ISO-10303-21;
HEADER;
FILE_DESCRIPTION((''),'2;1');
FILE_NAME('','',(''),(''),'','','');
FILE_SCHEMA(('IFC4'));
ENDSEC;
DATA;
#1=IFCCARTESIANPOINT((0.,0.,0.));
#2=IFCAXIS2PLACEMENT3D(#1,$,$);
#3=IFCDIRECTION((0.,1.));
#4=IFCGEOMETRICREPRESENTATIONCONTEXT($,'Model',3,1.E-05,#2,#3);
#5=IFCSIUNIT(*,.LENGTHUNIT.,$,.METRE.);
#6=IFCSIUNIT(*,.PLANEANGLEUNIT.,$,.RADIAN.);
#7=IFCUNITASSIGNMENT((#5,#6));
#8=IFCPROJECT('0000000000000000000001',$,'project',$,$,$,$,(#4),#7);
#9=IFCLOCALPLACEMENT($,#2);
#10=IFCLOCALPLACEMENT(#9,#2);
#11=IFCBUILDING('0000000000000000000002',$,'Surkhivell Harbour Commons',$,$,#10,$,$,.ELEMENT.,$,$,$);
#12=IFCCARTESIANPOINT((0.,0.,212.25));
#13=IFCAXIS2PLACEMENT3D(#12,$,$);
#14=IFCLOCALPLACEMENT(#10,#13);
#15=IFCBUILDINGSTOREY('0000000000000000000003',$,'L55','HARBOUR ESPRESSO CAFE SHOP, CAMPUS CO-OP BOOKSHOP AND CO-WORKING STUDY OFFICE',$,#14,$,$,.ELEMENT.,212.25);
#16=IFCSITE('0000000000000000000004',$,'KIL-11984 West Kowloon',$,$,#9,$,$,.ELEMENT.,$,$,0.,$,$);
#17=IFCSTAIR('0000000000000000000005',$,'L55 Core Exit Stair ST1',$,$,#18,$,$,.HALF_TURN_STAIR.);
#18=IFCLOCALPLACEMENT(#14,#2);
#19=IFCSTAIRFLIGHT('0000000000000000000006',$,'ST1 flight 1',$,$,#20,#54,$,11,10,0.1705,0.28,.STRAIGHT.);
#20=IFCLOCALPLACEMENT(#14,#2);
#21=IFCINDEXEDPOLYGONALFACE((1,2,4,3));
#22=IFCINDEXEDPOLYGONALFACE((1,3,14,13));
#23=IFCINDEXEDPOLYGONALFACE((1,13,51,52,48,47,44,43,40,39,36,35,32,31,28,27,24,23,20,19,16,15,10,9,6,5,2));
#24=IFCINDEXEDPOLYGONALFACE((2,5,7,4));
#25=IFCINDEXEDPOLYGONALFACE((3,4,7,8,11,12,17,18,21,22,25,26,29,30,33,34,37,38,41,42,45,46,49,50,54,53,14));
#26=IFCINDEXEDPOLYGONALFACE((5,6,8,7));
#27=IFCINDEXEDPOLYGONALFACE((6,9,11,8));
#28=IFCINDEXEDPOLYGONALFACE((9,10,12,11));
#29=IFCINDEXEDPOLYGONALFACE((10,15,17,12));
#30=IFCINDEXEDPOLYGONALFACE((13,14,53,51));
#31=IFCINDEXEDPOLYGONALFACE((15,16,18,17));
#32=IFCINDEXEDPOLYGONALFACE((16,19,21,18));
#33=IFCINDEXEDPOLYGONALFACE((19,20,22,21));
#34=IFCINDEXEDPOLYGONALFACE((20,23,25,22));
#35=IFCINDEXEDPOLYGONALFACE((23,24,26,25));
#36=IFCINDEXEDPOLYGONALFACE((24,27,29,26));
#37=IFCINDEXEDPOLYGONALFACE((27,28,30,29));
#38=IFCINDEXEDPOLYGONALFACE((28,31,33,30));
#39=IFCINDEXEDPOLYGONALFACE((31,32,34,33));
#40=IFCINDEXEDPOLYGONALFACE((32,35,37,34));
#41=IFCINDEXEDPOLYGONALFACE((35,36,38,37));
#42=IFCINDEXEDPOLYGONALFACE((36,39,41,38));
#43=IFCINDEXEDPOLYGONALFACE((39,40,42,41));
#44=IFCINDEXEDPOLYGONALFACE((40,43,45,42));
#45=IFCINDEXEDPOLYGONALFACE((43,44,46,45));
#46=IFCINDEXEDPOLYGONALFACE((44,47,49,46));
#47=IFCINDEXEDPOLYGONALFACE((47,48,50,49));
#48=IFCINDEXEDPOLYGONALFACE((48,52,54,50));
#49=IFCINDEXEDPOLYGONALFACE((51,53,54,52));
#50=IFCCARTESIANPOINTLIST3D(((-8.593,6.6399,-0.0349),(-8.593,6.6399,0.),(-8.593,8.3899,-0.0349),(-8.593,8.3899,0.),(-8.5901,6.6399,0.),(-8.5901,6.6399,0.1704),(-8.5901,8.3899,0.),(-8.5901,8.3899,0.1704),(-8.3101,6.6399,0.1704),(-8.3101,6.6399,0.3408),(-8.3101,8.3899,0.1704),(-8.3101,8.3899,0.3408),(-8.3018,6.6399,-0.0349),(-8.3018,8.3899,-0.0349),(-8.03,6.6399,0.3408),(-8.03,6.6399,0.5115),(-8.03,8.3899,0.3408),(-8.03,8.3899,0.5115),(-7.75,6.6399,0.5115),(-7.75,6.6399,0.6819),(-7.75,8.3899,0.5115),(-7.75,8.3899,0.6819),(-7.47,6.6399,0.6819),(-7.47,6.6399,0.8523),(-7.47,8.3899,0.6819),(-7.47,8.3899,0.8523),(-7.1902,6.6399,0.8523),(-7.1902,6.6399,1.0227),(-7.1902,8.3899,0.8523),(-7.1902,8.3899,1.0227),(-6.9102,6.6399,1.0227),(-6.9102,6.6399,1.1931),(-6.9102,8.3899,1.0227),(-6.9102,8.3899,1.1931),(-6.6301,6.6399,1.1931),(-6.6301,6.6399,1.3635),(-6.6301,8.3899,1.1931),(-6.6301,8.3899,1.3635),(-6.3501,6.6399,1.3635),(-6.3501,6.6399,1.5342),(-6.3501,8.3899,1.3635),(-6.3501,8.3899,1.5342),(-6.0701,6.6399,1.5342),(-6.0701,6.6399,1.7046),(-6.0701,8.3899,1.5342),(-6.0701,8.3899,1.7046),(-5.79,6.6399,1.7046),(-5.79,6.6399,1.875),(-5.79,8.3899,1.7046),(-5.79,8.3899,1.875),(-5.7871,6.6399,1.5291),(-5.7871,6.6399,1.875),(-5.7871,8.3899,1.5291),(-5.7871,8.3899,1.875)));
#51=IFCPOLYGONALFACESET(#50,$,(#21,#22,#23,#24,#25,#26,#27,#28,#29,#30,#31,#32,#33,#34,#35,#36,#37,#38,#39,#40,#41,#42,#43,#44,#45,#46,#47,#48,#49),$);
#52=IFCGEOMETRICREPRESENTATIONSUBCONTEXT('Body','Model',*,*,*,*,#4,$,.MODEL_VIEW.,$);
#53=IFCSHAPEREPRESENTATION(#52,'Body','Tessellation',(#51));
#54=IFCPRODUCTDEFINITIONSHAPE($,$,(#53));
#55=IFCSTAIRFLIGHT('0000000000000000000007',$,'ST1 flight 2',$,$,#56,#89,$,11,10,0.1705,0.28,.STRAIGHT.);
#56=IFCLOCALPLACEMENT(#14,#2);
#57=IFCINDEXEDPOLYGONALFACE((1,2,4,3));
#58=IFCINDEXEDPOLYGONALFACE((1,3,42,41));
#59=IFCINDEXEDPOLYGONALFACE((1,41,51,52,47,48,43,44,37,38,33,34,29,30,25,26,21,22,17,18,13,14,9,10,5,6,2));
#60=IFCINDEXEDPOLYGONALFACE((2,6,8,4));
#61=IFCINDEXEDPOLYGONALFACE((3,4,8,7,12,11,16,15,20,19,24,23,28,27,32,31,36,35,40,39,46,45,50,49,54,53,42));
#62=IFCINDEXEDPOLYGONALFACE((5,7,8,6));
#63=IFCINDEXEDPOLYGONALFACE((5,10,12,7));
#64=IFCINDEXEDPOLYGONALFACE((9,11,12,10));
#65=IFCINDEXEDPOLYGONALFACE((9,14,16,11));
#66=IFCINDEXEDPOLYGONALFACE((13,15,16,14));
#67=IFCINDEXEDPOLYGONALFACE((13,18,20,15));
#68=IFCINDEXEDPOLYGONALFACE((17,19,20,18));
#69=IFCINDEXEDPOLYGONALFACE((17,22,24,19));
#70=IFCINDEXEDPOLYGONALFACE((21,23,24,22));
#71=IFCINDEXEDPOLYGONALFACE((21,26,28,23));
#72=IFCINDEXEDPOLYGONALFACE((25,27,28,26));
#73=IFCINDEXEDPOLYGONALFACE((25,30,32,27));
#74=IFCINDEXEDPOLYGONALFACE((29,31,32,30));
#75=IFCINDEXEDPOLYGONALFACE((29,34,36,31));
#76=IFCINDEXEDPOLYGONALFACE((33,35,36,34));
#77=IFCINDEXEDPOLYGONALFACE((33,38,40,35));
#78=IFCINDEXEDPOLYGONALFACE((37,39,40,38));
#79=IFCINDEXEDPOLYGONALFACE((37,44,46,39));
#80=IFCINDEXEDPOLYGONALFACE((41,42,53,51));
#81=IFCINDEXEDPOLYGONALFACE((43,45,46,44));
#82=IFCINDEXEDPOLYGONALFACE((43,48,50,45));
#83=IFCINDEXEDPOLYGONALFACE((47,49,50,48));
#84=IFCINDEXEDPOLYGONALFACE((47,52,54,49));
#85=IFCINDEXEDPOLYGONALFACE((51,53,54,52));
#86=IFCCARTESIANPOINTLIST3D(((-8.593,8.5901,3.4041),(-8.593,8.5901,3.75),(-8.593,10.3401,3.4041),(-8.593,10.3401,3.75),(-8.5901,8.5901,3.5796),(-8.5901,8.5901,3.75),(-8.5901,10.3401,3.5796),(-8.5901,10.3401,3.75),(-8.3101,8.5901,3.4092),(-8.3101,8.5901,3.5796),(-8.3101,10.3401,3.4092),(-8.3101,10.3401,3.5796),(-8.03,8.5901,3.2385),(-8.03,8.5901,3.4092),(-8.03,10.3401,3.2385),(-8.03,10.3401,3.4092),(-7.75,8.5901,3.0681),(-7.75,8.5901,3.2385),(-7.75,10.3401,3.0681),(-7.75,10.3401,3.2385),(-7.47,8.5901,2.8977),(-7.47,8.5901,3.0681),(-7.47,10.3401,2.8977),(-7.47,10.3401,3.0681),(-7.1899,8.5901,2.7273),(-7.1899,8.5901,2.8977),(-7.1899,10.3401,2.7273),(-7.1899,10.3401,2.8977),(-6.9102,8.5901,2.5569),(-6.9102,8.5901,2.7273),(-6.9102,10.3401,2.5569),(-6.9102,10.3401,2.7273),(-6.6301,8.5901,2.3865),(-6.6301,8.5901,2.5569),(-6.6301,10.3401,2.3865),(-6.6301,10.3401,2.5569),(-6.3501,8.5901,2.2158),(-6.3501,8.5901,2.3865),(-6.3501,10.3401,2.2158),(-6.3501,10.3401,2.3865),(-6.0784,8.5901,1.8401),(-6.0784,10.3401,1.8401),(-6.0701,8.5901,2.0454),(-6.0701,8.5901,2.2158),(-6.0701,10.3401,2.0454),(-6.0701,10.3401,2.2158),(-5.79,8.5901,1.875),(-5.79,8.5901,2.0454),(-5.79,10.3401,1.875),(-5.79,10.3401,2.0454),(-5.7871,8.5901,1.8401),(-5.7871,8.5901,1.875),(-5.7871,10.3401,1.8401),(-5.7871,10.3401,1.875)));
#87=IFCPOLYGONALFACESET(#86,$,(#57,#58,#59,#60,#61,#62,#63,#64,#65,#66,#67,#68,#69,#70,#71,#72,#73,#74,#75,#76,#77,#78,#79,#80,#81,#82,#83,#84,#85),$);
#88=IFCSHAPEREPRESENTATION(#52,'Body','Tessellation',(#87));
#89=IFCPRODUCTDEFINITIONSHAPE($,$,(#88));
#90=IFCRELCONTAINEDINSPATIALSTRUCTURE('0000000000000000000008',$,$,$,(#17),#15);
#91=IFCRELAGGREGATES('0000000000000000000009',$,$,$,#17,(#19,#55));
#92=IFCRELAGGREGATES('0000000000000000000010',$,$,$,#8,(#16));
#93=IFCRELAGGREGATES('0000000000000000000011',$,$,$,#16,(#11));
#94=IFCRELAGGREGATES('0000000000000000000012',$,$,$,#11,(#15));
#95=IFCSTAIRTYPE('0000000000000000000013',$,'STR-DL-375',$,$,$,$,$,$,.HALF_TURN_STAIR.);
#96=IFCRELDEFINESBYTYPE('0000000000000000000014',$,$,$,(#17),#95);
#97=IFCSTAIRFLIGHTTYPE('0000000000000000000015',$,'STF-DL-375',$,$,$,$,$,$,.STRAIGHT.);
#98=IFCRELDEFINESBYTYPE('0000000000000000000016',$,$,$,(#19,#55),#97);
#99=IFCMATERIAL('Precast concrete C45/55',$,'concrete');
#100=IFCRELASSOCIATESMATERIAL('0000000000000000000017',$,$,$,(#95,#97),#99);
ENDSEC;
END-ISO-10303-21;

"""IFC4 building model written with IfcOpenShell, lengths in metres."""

from ifc_helpers import new_model, si_unit, direction, frame, origin, place, context, subcontext, project, spatial, polyline, outline, extrude, material, type_object, element, aggregate, save


model = new_model("IFC4")

# Units and contexts
model_context = context("Model", 3, precision=1e-05, world=origin(), true_north=direction((0.0, 1.0)))
body_context = subcontext(model_context, "Body", "Model", "MODEL_VIEW")
ifc_project = project(units=[si_unit("LENGTHUNIT", "METRE"), si_unit("PLANEANGLEUNIT", "RADIAN")], contexts=[model_context])

# Site, building, storey
site_placement = place(None, origin())
site = spatial("IfcSite", under=ifc_project, at=site_placement, Name="KIL-11984 West Kowloon", CompositionType="ELEMENT", RefElevation=0.0)
building_placement = place(site_placement, origin())
building = spatial("IfcBuilding", under=site, at=building_placement, Name="Surkhivell Harbour Commons", CompositionType="ELEMENT")
storey_placement = place(building_placement, frame((0.0, 0.0, 212.25)))
storey = spatial("IfcBuildingStorey", under=building, at=storey_placement, Name="L55", Description="HARBOUR ESPRESSO CAFE SHOP, CAMPUS CO-OP BOOKSHOP AND CO-WORKING STUDY OFFICE", CompositionType="ELEMENT", Elevation=212.25)

# Stair, stair flights
ifc_material_1 = material(Name="Precast concrete C45/55", Category="concrete")
stair_type = type_object("IfcStairType", Name="STR-DL-375", PredefinedType="HALF_TURN_STAIR", material=ifc_material_1)
stair_placement = place(storey_placement, origin())
stair = element("IfcStair", 1, at=stair_placement, inside=storey, type_object=stair_type, Name="L55 Core Exit Stair ST1", PredefinedType="HALF_TURN_STAIR")
stair_flight_type = type_object("IfcStairFlightType", Name="STF-DL-375", PredefinedType="STRAIGHT", material=ifc_material_1)
stair_flight_1_placement = place(storey_placement, frame((-8.5901, 7.5149, 0.0), z_axis=(0.0, 0.0, 1.0), x_axis=(1.0, 0.0, 0.0)))
stair_flight_1 = element("IfcStairFlight", 2, at=stair_flight_1_placement, type_object=stair_flight_type, Name="ST1 flight 1", NumberOfRisers=11, NumberOfTreads=10, PredefinedType="STRAIGHT", RiserHeight=0.1705, TreadLength=0.28, context=body_context, shape_type="SweptSolid", body=[
    extrude(outline(polyline([(-0.0029, -0.0349), (-0.0029, 0.0), (0.0, 0.0), (0.0, 0.1704), (0.28, 0.1704), (0.28, 0.3408), (0.5601, 0.3408), (0.5601, 0.5115), (0.8401, 0.5115), (0.8401, 0.6819), (1.1201, 0.6819), (1.1201, 0.8523), (1.3999, 0.8523), (1.3999, 1.0227), (1.6799, 1.0227), (1.6799, 1.1931), (1.96, 1.1931), (1.96, 1.3635), (2.24, 1.3635), (2.24, 1.5342), (2.52, 1.5342), (2.52, 1.7046), (2.8, 1.7046), (2.8, 1.875), (2.803, 1.875), (2.803, 1.5291), (0.2883, -0.0349), (-0.0029, -0.0349)])), frame((0.0, 0.875, 0.0), z_axis=(0.0, -1.0, 0.0), x_axis=(1.0, 0.0, 0.0)), (0.0, 0.0, 1.0), 1.75),
])
stair_flight_2_placement = place(storey_placement, frame((-5.79, 9.4651, 1.875), z_axis=(0.0, 0.0, 1.0), x_axis=(-1.0, 0.0, 0.0)))
stair_flight_2 = element("IfcStairFlight", 3, at=stair_flight_2_placement, type_object=stair_flight_type, Name="ST1 flight 2", NumberOfRisers=11, NumberOfTreads=10, PredefinedType="STRAIGHT", RiserHeight=0.1705, TreadLength=0.28, context=body_context, shape_type="SweptSolid", body=[
    extrude(outline(polyline([(-0.0029, -0.0349), (-0.0029, 0.0), (0.0, 0.0), (0.0, 0.1704), (0.28, 0.1704), (0.28, 0.3408), (0.5601, 0.3408), (0.5601, 0.5115), (0.8401, 0.5115), (0.8401, 0.6819), (1.1201, 0.6819), (1.1201, 0.8523), (1.3999, 0.8523), (1.3999, 1.0227), (1.6799, 1.0227), (1.6799, 1.1931), (1.96, 1.1931), (1.96, 1.3635), (2.24, 1.3635), (2.24, 1.5342), (2.52, 1.5342), (2.52, 1.7046), (2.8, 1.7046), (2.8, 1.875), (2.803, 1.875), (2.803, 1.5291), (0.2883, -0.0349), (-0.0029, -0.0349)])), frame((0.0, 0.875, 0.0), z_axis=(0.0, -1.0, 0.0), x_axis=(1.0, 0.0, 0.0)), (0.0, 0.0, 1.0), 1.75),
])
aggregate(stair, [stair_flight_1, stair_flight_2])

save(model, "model.ifc")
